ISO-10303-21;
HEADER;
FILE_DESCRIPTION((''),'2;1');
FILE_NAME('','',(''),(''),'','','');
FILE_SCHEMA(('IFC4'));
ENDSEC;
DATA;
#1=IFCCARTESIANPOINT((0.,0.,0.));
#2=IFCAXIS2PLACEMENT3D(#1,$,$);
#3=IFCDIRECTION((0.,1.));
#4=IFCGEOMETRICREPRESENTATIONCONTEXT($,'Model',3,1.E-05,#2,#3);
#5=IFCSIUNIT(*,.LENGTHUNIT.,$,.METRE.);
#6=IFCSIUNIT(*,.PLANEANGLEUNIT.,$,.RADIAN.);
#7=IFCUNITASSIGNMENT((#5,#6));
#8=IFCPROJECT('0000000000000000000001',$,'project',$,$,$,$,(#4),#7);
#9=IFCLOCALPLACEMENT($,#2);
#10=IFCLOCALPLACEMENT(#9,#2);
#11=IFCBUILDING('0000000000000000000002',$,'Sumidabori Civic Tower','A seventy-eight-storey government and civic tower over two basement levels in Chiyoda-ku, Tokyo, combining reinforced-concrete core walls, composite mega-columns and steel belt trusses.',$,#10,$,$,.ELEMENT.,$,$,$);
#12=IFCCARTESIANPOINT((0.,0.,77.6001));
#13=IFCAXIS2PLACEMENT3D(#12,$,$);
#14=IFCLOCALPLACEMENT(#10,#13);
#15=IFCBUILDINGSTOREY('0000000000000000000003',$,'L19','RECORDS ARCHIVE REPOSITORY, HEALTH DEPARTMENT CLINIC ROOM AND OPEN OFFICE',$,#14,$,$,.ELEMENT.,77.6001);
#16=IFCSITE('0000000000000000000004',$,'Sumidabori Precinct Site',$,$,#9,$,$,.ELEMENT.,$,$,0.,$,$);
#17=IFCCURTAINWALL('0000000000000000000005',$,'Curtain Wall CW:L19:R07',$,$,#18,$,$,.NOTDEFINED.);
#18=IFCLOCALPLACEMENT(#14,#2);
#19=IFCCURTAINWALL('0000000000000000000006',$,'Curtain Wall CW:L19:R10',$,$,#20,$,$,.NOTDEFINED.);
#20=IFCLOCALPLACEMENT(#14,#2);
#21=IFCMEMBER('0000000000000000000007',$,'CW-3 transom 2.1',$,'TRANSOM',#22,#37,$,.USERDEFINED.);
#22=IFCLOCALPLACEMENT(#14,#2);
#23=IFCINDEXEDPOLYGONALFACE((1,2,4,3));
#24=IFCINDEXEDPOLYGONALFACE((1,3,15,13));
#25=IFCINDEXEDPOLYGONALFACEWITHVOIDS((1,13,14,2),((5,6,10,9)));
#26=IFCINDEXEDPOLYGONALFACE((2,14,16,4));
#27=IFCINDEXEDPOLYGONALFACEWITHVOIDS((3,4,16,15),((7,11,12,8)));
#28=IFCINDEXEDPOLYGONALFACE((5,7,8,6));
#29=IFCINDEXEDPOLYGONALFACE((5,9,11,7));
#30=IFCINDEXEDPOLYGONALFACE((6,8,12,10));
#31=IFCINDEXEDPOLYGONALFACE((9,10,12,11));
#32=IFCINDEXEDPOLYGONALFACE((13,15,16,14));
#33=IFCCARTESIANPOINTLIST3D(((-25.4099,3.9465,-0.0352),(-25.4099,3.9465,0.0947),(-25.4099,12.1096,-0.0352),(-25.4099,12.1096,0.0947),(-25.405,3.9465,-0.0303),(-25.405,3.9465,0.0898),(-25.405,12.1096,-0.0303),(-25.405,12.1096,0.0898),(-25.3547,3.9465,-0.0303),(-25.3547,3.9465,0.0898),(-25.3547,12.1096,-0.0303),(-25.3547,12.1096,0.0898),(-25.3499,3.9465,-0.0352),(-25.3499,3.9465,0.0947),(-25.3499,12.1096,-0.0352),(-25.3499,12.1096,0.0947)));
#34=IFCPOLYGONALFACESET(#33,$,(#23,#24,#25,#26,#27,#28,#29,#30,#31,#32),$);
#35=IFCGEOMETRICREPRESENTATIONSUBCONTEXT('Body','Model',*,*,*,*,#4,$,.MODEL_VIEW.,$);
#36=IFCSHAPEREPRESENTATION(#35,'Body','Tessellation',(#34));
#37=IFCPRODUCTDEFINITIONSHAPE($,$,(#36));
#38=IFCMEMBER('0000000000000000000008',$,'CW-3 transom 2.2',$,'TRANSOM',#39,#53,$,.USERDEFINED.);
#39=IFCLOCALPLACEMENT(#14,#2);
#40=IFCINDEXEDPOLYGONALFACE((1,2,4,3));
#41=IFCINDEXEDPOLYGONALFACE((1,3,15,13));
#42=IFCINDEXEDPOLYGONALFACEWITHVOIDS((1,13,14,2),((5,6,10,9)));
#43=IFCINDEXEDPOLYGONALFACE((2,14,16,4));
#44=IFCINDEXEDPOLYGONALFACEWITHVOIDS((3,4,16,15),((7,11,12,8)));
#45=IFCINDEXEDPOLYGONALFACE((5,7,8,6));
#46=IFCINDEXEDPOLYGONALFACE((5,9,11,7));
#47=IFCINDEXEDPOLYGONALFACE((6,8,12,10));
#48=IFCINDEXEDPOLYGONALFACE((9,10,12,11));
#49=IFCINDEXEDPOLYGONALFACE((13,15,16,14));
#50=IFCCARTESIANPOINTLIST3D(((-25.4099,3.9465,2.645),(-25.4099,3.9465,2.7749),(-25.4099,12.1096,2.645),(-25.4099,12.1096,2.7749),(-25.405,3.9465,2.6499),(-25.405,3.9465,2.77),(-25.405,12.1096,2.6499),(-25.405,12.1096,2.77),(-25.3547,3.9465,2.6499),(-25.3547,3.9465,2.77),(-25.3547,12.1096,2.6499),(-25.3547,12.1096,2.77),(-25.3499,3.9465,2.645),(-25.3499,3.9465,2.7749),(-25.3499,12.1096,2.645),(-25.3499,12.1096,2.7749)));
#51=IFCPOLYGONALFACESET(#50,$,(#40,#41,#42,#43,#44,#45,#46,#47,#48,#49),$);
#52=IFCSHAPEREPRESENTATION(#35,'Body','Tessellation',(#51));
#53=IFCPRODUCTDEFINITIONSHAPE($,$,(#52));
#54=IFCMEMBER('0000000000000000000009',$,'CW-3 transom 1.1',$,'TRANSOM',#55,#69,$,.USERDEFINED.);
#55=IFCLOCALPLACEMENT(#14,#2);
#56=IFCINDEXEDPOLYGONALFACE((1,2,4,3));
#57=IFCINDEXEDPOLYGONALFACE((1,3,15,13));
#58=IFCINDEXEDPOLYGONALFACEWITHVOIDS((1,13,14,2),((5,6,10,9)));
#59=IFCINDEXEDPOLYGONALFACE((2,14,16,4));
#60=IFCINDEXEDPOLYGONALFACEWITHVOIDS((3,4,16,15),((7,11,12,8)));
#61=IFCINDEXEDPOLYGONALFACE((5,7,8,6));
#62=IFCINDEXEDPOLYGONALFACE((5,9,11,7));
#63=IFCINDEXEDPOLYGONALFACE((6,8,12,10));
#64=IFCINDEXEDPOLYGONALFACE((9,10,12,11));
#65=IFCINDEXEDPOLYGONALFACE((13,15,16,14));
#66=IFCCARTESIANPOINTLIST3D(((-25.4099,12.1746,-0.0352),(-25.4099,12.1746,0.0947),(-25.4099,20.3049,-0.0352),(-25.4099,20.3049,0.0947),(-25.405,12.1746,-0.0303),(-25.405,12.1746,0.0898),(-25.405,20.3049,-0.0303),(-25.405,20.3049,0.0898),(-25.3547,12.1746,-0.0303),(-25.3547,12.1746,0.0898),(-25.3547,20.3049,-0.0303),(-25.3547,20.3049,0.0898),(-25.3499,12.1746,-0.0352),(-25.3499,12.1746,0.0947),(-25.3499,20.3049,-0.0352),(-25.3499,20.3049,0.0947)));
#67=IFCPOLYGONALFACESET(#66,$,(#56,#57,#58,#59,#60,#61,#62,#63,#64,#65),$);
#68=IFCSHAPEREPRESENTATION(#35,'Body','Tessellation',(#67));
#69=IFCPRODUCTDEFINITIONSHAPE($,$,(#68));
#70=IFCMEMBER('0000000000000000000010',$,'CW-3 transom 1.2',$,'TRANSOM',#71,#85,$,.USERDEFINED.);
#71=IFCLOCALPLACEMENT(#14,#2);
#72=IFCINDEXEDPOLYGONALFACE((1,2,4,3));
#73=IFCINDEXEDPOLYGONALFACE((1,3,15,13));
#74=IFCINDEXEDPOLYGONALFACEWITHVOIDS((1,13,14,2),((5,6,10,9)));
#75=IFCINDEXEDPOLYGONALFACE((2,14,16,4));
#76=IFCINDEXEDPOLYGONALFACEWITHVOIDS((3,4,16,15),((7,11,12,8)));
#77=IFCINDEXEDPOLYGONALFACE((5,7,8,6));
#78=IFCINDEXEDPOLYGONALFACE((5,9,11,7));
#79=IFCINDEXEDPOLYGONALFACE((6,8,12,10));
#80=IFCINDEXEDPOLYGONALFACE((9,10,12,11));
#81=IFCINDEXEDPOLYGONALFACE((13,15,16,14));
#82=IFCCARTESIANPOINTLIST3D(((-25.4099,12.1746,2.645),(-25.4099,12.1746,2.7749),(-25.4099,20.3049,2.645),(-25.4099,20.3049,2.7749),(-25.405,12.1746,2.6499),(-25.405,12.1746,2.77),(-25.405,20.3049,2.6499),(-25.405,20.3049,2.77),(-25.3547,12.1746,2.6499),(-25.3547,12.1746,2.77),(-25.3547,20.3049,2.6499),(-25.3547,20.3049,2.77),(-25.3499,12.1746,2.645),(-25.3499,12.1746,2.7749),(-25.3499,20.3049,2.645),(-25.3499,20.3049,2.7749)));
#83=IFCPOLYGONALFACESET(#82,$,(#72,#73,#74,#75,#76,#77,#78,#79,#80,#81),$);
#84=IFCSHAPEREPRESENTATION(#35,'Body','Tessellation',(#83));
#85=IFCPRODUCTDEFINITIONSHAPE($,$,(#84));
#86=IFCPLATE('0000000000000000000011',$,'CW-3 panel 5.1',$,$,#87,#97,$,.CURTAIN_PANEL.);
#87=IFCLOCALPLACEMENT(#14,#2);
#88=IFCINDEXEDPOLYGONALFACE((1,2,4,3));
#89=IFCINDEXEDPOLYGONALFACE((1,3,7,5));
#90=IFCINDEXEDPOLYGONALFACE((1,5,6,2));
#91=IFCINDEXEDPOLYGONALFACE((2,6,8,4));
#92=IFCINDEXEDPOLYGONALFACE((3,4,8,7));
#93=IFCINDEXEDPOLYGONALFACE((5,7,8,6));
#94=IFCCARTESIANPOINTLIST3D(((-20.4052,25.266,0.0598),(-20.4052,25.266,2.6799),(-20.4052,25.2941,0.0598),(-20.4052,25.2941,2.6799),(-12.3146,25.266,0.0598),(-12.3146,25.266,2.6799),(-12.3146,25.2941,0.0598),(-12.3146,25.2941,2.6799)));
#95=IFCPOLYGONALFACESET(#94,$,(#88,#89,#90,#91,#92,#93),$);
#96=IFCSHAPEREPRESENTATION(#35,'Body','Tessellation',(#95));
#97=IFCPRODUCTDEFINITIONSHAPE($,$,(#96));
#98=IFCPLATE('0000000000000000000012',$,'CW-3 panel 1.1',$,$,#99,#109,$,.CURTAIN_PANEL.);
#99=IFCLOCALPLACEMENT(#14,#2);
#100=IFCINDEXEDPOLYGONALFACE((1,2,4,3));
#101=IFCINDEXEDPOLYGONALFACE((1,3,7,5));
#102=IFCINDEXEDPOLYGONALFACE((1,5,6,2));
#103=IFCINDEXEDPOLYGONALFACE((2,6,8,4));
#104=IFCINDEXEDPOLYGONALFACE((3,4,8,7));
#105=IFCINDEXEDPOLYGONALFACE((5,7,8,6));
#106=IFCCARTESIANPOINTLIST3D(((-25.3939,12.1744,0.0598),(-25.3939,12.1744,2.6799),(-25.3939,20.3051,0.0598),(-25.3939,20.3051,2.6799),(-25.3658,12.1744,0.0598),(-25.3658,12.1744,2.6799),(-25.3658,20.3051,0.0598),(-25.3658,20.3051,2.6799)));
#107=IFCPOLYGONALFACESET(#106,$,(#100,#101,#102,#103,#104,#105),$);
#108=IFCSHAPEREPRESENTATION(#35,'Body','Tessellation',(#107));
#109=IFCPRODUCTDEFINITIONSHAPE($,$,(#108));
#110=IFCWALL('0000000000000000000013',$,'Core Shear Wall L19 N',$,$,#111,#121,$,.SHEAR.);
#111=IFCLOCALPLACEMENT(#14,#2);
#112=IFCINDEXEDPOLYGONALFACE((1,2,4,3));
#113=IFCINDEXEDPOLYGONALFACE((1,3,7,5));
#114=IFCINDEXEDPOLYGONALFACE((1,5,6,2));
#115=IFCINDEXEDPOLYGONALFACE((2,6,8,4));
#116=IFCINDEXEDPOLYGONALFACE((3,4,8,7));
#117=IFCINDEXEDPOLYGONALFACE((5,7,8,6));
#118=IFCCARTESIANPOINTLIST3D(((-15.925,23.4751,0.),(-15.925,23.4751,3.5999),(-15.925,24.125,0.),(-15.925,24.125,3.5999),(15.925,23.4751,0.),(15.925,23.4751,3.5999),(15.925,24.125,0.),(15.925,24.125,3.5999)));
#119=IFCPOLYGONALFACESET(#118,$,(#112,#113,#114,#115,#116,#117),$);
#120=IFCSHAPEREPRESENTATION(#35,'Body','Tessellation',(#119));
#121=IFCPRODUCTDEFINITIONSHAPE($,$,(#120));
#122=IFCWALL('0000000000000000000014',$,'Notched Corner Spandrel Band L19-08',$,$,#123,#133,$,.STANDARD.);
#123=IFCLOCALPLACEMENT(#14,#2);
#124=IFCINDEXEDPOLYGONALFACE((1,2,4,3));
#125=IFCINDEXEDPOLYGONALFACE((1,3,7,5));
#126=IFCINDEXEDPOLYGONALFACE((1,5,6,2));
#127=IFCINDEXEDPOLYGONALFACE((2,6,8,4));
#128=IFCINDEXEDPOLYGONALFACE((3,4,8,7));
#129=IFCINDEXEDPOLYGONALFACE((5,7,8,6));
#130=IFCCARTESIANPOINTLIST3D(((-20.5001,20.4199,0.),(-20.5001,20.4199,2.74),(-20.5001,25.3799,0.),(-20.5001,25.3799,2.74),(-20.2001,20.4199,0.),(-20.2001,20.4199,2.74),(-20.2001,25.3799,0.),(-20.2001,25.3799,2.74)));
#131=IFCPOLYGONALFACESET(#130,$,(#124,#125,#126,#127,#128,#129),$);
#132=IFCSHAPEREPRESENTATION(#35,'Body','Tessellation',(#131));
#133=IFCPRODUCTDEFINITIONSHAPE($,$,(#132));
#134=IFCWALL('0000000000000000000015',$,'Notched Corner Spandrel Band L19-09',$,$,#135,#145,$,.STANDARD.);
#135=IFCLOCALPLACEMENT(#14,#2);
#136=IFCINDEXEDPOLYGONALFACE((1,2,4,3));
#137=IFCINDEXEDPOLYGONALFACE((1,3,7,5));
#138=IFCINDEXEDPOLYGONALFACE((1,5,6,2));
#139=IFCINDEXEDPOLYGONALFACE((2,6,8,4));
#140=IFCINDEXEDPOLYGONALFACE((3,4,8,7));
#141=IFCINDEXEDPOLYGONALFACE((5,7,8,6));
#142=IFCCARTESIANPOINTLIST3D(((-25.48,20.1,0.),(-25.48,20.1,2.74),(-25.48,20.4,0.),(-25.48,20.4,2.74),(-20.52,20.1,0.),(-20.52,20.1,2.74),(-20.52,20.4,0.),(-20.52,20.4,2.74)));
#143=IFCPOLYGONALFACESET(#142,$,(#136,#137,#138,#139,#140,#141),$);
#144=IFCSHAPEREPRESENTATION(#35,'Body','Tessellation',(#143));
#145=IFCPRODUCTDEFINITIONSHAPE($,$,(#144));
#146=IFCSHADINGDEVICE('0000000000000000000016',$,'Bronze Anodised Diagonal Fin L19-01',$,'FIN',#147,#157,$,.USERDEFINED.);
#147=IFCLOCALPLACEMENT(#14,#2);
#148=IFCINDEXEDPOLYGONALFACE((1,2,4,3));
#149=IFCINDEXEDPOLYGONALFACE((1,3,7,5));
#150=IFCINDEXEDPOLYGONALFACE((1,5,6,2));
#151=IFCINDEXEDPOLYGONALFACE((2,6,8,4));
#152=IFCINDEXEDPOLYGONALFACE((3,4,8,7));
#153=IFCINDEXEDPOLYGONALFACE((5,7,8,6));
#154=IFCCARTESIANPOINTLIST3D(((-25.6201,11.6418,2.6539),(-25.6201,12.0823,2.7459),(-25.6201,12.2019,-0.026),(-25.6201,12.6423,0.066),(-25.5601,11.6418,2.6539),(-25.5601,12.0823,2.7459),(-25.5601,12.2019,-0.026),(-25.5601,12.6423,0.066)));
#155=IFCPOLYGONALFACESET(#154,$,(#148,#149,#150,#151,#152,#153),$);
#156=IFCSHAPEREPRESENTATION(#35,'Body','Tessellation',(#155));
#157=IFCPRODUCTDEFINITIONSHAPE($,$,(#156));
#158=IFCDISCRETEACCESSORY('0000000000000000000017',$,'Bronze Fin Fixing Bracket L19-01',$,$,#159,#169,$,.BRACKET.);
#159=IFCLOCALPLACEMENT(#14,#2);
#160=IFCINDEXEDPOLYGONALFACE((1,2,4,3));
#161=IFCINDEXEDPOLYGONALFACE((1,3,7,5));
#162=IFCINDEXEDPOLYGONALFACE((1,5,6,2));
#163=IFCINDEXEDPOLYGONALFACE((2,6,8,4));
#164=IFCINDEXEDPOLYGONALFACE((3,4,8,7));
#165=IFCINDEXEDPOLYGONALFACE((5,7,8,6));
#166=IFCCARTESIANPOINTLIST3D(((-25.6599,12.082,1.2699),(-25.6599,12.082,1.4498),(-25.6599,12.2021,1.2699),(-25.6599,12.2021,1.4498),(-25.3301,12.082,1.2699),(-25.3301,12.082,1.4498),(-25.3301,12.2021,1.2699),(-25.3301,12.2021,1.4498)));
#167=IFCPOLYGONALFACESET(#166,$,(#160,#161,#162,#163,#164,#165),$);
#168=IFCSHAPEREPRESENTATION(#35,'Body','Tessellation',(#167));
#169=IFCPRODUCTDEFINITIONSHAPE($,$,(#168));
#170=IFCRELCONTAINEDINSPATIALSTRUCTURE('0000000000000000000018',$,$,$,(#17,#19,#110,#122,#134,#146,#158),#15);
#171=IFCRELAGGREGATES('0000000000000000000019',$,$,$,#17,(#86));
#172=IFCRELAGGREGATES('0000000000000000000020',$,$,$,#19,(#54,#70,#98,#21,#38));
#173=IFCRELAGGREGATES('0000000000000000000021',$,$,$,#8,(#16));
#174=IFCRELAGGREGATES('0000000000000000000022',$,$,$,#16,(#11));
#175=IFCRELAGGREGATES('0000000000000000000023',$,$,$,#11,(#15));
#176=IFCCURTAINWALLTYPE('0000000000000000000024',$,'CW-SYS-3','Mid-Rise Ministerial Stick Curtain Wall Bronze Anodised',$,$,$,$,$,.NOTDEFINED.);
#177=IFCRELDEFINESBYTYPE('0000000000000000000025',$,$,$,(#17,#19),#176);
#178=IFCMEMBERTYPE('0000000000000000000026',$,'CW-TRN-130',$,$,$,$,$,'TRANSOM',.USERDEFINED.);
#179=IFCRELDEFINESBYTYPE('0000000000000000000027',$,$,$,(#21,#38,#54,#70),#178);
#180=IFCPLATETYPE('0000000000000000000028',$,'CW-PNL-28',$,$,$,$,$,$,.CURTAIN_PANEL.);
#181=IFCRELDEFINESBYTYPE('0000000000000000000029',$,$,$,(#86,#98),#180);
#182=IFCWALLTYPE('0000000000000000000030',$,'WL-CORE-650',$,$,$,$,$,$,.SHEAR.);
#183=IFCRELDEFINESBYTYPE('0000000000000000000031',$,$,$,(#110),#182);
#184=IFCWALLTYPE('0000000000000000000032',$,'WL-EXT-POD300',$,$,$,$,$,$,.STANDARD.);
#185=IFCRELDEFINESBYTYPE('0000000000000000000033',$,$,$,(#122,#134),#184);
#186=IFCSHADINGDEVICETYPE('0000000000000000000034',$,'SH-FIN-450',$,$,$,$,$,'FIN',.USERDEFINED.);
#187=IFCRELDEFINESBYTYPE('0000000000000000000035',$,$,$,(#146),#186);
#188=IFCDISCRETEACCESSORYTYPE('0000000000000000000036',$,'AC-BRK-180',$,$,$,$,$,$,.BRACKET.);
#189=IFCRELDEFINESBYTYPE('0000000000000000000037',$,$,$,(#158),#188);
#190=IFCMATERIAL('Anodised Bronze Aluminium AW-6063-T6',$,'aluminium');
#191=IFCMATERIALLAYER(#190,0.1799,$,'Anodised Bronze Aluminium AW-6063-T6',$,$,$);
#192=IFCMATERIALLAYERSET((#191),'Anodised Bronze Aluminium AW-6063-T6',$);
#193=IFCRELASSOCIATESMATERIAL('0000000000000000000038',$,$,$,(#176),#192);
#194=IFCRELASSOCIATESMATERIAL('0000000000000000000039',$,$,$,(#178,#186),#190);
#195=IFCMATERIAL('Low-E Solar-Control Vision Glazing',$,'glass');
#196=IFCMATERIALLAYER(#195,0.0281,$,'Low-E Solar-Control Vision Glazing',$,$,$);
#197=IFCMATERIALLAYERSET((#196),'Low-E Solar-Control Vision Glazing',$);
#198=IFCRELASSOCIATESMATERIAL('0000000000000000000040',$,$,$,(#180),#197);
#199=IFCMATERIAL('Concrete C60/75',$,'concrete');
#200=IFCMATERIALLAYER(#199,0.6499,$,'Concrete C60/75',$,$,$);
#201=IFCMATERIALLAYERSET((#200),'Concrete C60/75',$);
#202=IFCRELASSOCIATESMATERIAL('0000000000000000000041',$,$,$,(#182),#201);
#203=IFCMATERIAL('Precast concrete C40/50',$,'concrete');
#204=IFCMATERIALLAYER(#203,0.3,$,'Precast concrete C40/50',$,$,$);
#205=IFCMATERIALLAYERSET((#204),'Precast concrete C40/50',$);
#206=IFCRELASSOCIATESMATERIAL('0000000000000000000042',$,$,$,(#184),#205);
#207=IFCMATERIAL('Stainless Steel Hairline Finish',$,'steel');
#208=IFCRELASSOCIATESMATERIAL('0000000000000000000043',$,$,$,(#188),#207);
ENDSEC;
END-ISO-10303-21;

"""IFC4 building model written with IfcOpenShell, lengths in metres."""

from ifc_helpers import new_model, si_unit, direction, frame, frame_2d, origin, origin_2d, place, context, subcontext, project, spatial, rectangle, hollow_rectangle, extrude, source, transform, mapped, material, layer, layer_set, material_profile, profile_set, type_object, element, aggregate, save


model = new_model("IFC4")

# Units and contexts
model_context = context("Model", 3, precision=1e-05, world=origin(), true_north=direction((0.0, 1.0)))
body_context = subcontext(model_context, "Body", "Model", "MODEL_VIEW")
ifc_project = project(units=[si_unit("LENGTHUNIT", "METRE"), si_unit("PLANEANGLEUNIT", "RADIAN")], contexts=[model_context])

# Site, building, storey
site_placement = place(None, origin())
site = spatial("IfcSite", under=ifc_project, at=site_placement, Name="Sumidabori Precinct Site", CompositionType="ELEMENT", RefElevation=0.0)
building_placement = place(site_placement, origin())
building = spatial("IfcBuilding", under=site, at=building_placement, Name="Sumidabori Civic Tower", Description="A seventy-eight-storey government and civic tower over two basement levels in Chiyoda-ku, Tokyo, combining reinforced-concrete core walls, composite mega-columns and steel belt trusses.", CompositionType="ELEMENT")
storey_placement = place(building_placement, frame((0.0, 0.0, 77.6001)))
storey = spatial("IfcBuildingStorey", under=building, at=storey_placement, Name="L19", Description="RECORDS ARCHIVE REPOSITORY, HEALTH DEPARTMENT CLINIC ROOM AND OPEN OFFICE", CompositionType="ELEMENT", Elevation=77.6001)

# Shared definitions
ifc_material_1 = material(Name="Concrete C60/75", Category="concrete")

# Curtain wall
ifc_material_2 = material(Name="Anodised Bronze Aluminium AW-6063-T6", Category="aluminium")
ifc_layer_1 = layer(ifc_material_2, 0.1799, Name="Anodised Bronze Aluminium AW-6063-T6")
ifc_layer_set_1 = layer_set([ifc_layer_1], Name="Anodised Bronze Aluminium AW-6063-T6")
curtain_wall_type = type_object("IfcCurtainWallType", Name="CW-SYS-3", Description="Mid-Rise Ministerial Stick Curtain Wall Bronze Anodised", PredefinedType="NOTDEFINED", material=ifc_layer_set_1)
curtain_wall_1_placement = place(storey_placement, origin())
curtain_wall_1 = element("IfcCurtainWall", 1, at=curtain_wall_1_placement, inside=storey, type_object=curtain_wall_type, Name="Curtain Wall CW:L19:R07", PredefinedType="NOTDEFINED")

# Curtain wall, members
curtain_wall_2_placement = place(storey_placement, origin())
curtain_wall_2 = element("IfcCurtainWall", 2, at=curtain_wall_2_placement, inside=storey, type_object=curtain_wall_type, Name="Curtain Wall CW:L19:R10", PredefinedType="NOTDEFINED")
ifc_material_profile_1 = material_profile(ifc_material_2, hollow_rectangle(XDim=0.0601, YDim=0.1299, WallThickness=0.0049, at=origin_2d()), Name="ALU TRANSOM 130x60")
ifc_profile_set_1 = profile_set([ifc_material_profile_1], Name="Anodised Bronze Aluminium AW-6063-T6")
member_type_1 = type_object("IfcMemberType", Name="CW-TRN-130", ElementType="TRANSOM", PredefinedType="USERDEFINED", material=ifc_profile_set_1)
shared_shape_1 = source(origin(), body_context, "Body", "SweptSolid", [
    extrude(hollow_rectangle(XDim=0.0601, YDim=0.1299, WallThickness=0.0049, at=origin_2d()), origin(), (0.0, 0.0, 1.0), 8.1631),
])
member_1_placement = place(storey_placement, frame((-25.3799, 12.1096, 0.0298), z_axis=(0.0, -1.0, 0.0), x_axis=(1.0, 0.0, 0.0)))
member_1 = element("IfcMember", 3, at=member_1_placement, type_object=member_type_1, Name="CW-3 transom 2.1", ObjectType="TRANSOM", PredefinedType="USERDEFINED", context=body_context, shape_type="MappedRepresentation", body=[
    mapped(shared_shape_1, transform((0.0, 0.0, 0.0), x_axis=(1.0, 0.0, 0.0), y_axis=(0.0, 1.0, 0.0), z_axis=(0.0, 0.0, 1.0), scale=1.0)),
])
member_2_placement = place(storey_placement, frame((-25.3799, 12.1096, 2.71), z_axis=(0.0, -1.0, 0.0), x_axis=(1.0, 0.0, 0.0)))
member_2 = element("IfcMember", 4, at=member_2_placement, type_object=member_type_1, Name="CW-3 transom 2.2", ObjectType="TRANSOM", PredefinedType="USERDEFINED", context=body_context, shape_type="MappedRepresentation", body=[
    mapped(shared_shape_1, transform((0.0, 0.0, 0.0), x_axis=(1.0, 0.0, 0.0), y_axis=(0.0, 1.0, 0.0), z_axis=(0.0, 0.0, 1.0), scale=1.0)),
])
shared_shape_2 = source(origin(), body_context, "Body", "SweptSolid", [
    extrude(hollow_rectangle(XDim=0.0601, YDim=0.1299, WallThickness=0.0049, at=origin_2d()), origin(), (0.0, 0.0, 1.0), 8.1304),
])
member_3_placement = place(storey_placement, frame((-25.3799, 20.3049, 0.0298), z_axis=(0.0, -1.0, 0.0), x_axis=(1.0, 0.0, 0.0)))
member_3 = element("IfcMember", 5, at=member_3_placement, type_object=member_type_1, Name="CW-3 transom 1.1", ObjectType="TRANSOM", PredefinedType="USERDEFINED", context=body_context, shape_type="MappedRepresentation", body=[
    mapped(shared_shape_2, transform((0.0, 0.0, 0.0), x_axis=(1.0, 0.0, 0.0), y_axis=(0.0, 1.0, 0.0), z_axis=(0.0, 0.0, 1.0), scale=1.0)),
])
member_4_placement = place(storey_placement, frame((-25.3799, 20.3049, 2.71), z_axis=(0.0, -1.0, 0.0), x_axis=(1.0, 0.0, 0.0)))
member_4 = element("IfcMember", 6, at=member_4_placement, type_object=member_type_1, Name="CW-3 transom 1.2", ObjectType="TRANSOM", PredefinedType="USERDEFINED", context=body_context, shape_type="MappedRepresentation", body=[
    mapped(shared_shape_2, transform((0.0, 0.0, 0.0), x_axis=(1.0, 0.0, 0.0), y_axis=(0.0, 1.0, 0.0), z_axis=(0.0, 0.0, 1.0), scale=1.0)),
])

# Plates
ifc_material_3 = material(Name="Low-E Solar-Control Vision Glazing", Category="glass")
ifc_layer_2 = layer(ifc_material_3, 0.0281, Name="Low-E Solar-Control Vision Glazing")
ifc_layer_set_2 = layer_set([ifc_layer_2], Name="Low-E Solar-Control Vision Glazing")
plate_type = type_object("IfcPlateType", Name="CW-PNL-28", PredefinedType="CURTAIN_PANEL", material=ifc_layer_set_2)
shared_shape_3 = source(origin(), body_context, "Body", "SweptSolid", [
    extrude(rectangle(XDim=8.0906, YDim=0.0281, at=origin_2d()), origin(), (0.0, 0.0, 1.0), 2.6201),
])
plate_1_placement = place(storey_placement, frame((-16.3599, 25.28, 0.0598), z_axis=(0.0, 0.0, 1.0), x_axis=(-1.0, 0.0, 0.0)))
plate_1 = element("IfcPlate", 7, at=plate_1_placement, type_object=plate_type, Name="CW-3 panel 5.1", PredefinedType="CURTAIN_PANEL", context=body_context, shape_type="MappedRepresentation", body=[
    mapped(shared_shape_3, transform((0.0, 0.0, 0.0), x_axis=(1.0, 0.0, 0.0), y_axis=(0.0, 1.0, 0.0), z_axis=(0.0, 0.0, 1.0), scale=1.0)),
])
aggregate(curtain_wall_1, [plate_1])
shared_shape_4 = source(origin(), body_context, "Body", "SweptSolid", [
    extrude(rectangle(XDim=8.1306, YDim=0.0281, at=origin_2d()), origin(), (0.0, 0.0, 1.0), 2.6201),
])
plate_2_placement = place(storey_placement, frame((-25.3799, 16.2397, 0.0598), z_axis=(0.0, 0.0, 1.0), x_axis=(0.0, -1.0, 0.0)))
plate_2 = element("IfcPlate", 8, at=plate_2_placement, type_object=plate_type, Name="CW-3 panel 1.1", PredefinedType="CURTAIN_PANEL", context=body_context, shape_type="MappedRepresentation", body=[
    mapped(shared_shape_4, transform((0.0, 0.0, 0.0), x_axis=(1.0, 0.0, 0.0), y_axis=(0.0, 1.0, 0.0), z_axis=(0.0, 0.0, 1.0), scale=1.0)),
])
aggregate(curtain_wall_2, [member_3, member_4, plate_2, member_1, member_2])

# Walls
ifc_layer_3 = layer(ifc_material_1, 0.6499, Name="Concrete C60/75")
ifc_layer_set_3 = layer_set([ifc_layer_3], Name="Concrete C60/75")
wall_type_1 = type_object("IfcWallType", Name="WL-CORE-650", PredefinedType="SHEAR", material=ifc_layer_set_3)
shared_shape_5 = source(origin(), body_context, "Body", "SweptSolid", [
    extrude(rectangle(XDim=31.8501, YDim=0.6499, at=frame_2d((15.925, 0.0))), origin(), (0.0, 0.0, 1.0), 3.5999),
])
wall_placement = place(storey_placement, frame((-15.925, 23.8, 0.0), z_axis=(0.0, 0.0, 1.0), x_axis=(1.0, 0.0, 0.0)))
element("IfcWall", 9, at=wall_placement, inside=storey, type_object=wall_type_1, Name="Core Shear Wall L19 N", PredefinedType="SHEAR", context=body_context, shape_type="MappedRepresentation", body=[
    mapped(shared_shape_5, transform((0.0, 0.0, 0.0), x_axis=(1.0, 0.0, 0.0), y_axis=(0.0, 1.0, 0.0), z_axis=(0.0, 0.0, 1.0), scale=1.0)),
])
ifc_material_4 = material(Name="Precast concrete C40/50", Category="concrete")
ifc_layer_4 = layer(ifc_material_4, 0.3, Name="Precast concrete C40/50")
ifc_layer_set_4 = layer_set([ifc_layer_4], Name="Precast concrete C40/50")
wall_type_2 = type_object("IfcWallType", Name="WL-EXT-POD300", PredefinedType="STANDARD", material=ifc_layer_set_4)
shared_shape_6 = source(origin(), body_context, "Body", "SweptSolid", [
    extrude(rectangle(XDim=4.96, YDim=0.3, at=frame_2d((2.48, 0.0))), origin(), (0.0, 0.0, 1.0), 2.74),
])
for number, where, z_axis, x_axis, name in (
    (10, (-20.3501, 25.3799, 0.0), (0.0, 0.0, 1.0), (0.0, -1.0, 0.0), "Notched Corner Spandrel Band L19-08"),
    (11, (-20.52, 20.25, 0.0), (0.0, 0.0, 1.0), (-1.0, 0.0, 0.0), "Notched Corner Spandrel Band L19-09"),
):
    element("IfcWall", number, at=place(storey_placement, frame(where, z_axis=z_axis, x_axis=x_axis)), inside=storey, type_object=wall_type_2, Name=name, PredefinedType="STANDARD", context=body_context, shape_type="MappedRepresentation", body=[
        mapped(shared_shape_6, transform((0.0, 0.0, 0.0), x_axis=(1.0, 0.0, 0.0), y_axis=(0.0, 1.0, 0.0), z_axis=(0.0, 0.0, 1.0), scale=1.0)),
    ])

# Shading device
ifc_material_profile_2 = material_profile(ifc_material_2, rectangle(XDim=0.0601, YDim=0.45, at=origin_2d()), Name="BRONZE FIN 450x60")
ifc_profile_set_2 = profile_set([ifc_material_profile_2], Name="Anodised Bronze Aluminium AW-6063-T6")
shading_device_type = type_object("IfcShadingDeviceType", Name="SH-FIN-450", ElementType="FIN", PredefinedType="USERDEFINED", material=ifc_profile_set_2)
shared_shape_7 = source(origin(), body_context, "Body", "SweptSolid", [
    extrude(rectangle(XDim=0.0601, YDim=0.45, at=origin_2d()), origin(), (0.0, 0.0, 1.0), 2.7378),
])
shading_device_placement = place(storey_placement, frame((-25.5901, 12.4221, 0.02), z_axis=(0.0, -0.204563, 0.978853), x_axis=(-1.0, 0.0, 0.0)))
element("IfcShadingDevice", 12, at=shading_device_placement, inside=storey, type_object=shading_device_type, Name="Bronze Anodised Diagonal Fin L19-01", ObjectType="FIN", PredefinedType="USERDEFINED", context=body_context, shape_type="MappedRepresentation", body=[
    mapped(shared_shape_7, transform((0.0, 0.0, 0.0), x_axis=(1.0, 0.0, 0.0), y_axis=(0.0, 1.0, 0.0), z_axis=(0.0, 0.0, 1.0), scale=1.0)),
])

# Discrete accessory
ifc_material_5 = material(Name="Stainless Steel Hairline Finish", Category="steel")
ifc_material_profile_3 = material_profile(ifc_material_5, rectangle(XDim=0.1201, YDim=0.1799, at=origin_2d()), Name="STEEL BRACKET 180x120")
ifc_profile_set_3 = profile_set([ifc_material_profile_3], Name="Stainless Steel Hairline Finish")
discrete_accessory_type = type_object("IfcDiscreteAccessoryType", Name="AC-BRK-180", PredefinedType="BRACKET", material=ifc_profile_set_3)
shared_shape_8 = source(origin(), body_context, "Body", "SweptSolid", [
    extrude(rectangle(XDim=0.1201, YDim=0.1799, at=origin_2d()), origin(), (0.0, 0.0, 1.0), 0.3298),
])
discrete_accessory_placement = place(storey_placement, frame((-25.3301, 12.1421, 1.3599), z_axis=(-1.0, 0.0, 0.0), x_axis=(0.0, -1.0, 0.0)))
element("IfcDiscreteAccessory", 13, at=discrete_accessory_placement, inside=storey, type_object=discrete_accessory_type, Name="Bronze Fin Fixing Bracket L19-01", PredefinedType="BRACKET", context=body_context, shape_type="MappedRepresentation", body=[
    mapped(shared_shape_8, transform((0.0, 0.0, 0.0), x_axis=(1.0, 0.0, 0.0), y_axis=(0.0, 1.0, 0.0), z_axis=(0.0, 0.0, 1.0), scale=1.0)),
])

save(model, "model.ifc")
